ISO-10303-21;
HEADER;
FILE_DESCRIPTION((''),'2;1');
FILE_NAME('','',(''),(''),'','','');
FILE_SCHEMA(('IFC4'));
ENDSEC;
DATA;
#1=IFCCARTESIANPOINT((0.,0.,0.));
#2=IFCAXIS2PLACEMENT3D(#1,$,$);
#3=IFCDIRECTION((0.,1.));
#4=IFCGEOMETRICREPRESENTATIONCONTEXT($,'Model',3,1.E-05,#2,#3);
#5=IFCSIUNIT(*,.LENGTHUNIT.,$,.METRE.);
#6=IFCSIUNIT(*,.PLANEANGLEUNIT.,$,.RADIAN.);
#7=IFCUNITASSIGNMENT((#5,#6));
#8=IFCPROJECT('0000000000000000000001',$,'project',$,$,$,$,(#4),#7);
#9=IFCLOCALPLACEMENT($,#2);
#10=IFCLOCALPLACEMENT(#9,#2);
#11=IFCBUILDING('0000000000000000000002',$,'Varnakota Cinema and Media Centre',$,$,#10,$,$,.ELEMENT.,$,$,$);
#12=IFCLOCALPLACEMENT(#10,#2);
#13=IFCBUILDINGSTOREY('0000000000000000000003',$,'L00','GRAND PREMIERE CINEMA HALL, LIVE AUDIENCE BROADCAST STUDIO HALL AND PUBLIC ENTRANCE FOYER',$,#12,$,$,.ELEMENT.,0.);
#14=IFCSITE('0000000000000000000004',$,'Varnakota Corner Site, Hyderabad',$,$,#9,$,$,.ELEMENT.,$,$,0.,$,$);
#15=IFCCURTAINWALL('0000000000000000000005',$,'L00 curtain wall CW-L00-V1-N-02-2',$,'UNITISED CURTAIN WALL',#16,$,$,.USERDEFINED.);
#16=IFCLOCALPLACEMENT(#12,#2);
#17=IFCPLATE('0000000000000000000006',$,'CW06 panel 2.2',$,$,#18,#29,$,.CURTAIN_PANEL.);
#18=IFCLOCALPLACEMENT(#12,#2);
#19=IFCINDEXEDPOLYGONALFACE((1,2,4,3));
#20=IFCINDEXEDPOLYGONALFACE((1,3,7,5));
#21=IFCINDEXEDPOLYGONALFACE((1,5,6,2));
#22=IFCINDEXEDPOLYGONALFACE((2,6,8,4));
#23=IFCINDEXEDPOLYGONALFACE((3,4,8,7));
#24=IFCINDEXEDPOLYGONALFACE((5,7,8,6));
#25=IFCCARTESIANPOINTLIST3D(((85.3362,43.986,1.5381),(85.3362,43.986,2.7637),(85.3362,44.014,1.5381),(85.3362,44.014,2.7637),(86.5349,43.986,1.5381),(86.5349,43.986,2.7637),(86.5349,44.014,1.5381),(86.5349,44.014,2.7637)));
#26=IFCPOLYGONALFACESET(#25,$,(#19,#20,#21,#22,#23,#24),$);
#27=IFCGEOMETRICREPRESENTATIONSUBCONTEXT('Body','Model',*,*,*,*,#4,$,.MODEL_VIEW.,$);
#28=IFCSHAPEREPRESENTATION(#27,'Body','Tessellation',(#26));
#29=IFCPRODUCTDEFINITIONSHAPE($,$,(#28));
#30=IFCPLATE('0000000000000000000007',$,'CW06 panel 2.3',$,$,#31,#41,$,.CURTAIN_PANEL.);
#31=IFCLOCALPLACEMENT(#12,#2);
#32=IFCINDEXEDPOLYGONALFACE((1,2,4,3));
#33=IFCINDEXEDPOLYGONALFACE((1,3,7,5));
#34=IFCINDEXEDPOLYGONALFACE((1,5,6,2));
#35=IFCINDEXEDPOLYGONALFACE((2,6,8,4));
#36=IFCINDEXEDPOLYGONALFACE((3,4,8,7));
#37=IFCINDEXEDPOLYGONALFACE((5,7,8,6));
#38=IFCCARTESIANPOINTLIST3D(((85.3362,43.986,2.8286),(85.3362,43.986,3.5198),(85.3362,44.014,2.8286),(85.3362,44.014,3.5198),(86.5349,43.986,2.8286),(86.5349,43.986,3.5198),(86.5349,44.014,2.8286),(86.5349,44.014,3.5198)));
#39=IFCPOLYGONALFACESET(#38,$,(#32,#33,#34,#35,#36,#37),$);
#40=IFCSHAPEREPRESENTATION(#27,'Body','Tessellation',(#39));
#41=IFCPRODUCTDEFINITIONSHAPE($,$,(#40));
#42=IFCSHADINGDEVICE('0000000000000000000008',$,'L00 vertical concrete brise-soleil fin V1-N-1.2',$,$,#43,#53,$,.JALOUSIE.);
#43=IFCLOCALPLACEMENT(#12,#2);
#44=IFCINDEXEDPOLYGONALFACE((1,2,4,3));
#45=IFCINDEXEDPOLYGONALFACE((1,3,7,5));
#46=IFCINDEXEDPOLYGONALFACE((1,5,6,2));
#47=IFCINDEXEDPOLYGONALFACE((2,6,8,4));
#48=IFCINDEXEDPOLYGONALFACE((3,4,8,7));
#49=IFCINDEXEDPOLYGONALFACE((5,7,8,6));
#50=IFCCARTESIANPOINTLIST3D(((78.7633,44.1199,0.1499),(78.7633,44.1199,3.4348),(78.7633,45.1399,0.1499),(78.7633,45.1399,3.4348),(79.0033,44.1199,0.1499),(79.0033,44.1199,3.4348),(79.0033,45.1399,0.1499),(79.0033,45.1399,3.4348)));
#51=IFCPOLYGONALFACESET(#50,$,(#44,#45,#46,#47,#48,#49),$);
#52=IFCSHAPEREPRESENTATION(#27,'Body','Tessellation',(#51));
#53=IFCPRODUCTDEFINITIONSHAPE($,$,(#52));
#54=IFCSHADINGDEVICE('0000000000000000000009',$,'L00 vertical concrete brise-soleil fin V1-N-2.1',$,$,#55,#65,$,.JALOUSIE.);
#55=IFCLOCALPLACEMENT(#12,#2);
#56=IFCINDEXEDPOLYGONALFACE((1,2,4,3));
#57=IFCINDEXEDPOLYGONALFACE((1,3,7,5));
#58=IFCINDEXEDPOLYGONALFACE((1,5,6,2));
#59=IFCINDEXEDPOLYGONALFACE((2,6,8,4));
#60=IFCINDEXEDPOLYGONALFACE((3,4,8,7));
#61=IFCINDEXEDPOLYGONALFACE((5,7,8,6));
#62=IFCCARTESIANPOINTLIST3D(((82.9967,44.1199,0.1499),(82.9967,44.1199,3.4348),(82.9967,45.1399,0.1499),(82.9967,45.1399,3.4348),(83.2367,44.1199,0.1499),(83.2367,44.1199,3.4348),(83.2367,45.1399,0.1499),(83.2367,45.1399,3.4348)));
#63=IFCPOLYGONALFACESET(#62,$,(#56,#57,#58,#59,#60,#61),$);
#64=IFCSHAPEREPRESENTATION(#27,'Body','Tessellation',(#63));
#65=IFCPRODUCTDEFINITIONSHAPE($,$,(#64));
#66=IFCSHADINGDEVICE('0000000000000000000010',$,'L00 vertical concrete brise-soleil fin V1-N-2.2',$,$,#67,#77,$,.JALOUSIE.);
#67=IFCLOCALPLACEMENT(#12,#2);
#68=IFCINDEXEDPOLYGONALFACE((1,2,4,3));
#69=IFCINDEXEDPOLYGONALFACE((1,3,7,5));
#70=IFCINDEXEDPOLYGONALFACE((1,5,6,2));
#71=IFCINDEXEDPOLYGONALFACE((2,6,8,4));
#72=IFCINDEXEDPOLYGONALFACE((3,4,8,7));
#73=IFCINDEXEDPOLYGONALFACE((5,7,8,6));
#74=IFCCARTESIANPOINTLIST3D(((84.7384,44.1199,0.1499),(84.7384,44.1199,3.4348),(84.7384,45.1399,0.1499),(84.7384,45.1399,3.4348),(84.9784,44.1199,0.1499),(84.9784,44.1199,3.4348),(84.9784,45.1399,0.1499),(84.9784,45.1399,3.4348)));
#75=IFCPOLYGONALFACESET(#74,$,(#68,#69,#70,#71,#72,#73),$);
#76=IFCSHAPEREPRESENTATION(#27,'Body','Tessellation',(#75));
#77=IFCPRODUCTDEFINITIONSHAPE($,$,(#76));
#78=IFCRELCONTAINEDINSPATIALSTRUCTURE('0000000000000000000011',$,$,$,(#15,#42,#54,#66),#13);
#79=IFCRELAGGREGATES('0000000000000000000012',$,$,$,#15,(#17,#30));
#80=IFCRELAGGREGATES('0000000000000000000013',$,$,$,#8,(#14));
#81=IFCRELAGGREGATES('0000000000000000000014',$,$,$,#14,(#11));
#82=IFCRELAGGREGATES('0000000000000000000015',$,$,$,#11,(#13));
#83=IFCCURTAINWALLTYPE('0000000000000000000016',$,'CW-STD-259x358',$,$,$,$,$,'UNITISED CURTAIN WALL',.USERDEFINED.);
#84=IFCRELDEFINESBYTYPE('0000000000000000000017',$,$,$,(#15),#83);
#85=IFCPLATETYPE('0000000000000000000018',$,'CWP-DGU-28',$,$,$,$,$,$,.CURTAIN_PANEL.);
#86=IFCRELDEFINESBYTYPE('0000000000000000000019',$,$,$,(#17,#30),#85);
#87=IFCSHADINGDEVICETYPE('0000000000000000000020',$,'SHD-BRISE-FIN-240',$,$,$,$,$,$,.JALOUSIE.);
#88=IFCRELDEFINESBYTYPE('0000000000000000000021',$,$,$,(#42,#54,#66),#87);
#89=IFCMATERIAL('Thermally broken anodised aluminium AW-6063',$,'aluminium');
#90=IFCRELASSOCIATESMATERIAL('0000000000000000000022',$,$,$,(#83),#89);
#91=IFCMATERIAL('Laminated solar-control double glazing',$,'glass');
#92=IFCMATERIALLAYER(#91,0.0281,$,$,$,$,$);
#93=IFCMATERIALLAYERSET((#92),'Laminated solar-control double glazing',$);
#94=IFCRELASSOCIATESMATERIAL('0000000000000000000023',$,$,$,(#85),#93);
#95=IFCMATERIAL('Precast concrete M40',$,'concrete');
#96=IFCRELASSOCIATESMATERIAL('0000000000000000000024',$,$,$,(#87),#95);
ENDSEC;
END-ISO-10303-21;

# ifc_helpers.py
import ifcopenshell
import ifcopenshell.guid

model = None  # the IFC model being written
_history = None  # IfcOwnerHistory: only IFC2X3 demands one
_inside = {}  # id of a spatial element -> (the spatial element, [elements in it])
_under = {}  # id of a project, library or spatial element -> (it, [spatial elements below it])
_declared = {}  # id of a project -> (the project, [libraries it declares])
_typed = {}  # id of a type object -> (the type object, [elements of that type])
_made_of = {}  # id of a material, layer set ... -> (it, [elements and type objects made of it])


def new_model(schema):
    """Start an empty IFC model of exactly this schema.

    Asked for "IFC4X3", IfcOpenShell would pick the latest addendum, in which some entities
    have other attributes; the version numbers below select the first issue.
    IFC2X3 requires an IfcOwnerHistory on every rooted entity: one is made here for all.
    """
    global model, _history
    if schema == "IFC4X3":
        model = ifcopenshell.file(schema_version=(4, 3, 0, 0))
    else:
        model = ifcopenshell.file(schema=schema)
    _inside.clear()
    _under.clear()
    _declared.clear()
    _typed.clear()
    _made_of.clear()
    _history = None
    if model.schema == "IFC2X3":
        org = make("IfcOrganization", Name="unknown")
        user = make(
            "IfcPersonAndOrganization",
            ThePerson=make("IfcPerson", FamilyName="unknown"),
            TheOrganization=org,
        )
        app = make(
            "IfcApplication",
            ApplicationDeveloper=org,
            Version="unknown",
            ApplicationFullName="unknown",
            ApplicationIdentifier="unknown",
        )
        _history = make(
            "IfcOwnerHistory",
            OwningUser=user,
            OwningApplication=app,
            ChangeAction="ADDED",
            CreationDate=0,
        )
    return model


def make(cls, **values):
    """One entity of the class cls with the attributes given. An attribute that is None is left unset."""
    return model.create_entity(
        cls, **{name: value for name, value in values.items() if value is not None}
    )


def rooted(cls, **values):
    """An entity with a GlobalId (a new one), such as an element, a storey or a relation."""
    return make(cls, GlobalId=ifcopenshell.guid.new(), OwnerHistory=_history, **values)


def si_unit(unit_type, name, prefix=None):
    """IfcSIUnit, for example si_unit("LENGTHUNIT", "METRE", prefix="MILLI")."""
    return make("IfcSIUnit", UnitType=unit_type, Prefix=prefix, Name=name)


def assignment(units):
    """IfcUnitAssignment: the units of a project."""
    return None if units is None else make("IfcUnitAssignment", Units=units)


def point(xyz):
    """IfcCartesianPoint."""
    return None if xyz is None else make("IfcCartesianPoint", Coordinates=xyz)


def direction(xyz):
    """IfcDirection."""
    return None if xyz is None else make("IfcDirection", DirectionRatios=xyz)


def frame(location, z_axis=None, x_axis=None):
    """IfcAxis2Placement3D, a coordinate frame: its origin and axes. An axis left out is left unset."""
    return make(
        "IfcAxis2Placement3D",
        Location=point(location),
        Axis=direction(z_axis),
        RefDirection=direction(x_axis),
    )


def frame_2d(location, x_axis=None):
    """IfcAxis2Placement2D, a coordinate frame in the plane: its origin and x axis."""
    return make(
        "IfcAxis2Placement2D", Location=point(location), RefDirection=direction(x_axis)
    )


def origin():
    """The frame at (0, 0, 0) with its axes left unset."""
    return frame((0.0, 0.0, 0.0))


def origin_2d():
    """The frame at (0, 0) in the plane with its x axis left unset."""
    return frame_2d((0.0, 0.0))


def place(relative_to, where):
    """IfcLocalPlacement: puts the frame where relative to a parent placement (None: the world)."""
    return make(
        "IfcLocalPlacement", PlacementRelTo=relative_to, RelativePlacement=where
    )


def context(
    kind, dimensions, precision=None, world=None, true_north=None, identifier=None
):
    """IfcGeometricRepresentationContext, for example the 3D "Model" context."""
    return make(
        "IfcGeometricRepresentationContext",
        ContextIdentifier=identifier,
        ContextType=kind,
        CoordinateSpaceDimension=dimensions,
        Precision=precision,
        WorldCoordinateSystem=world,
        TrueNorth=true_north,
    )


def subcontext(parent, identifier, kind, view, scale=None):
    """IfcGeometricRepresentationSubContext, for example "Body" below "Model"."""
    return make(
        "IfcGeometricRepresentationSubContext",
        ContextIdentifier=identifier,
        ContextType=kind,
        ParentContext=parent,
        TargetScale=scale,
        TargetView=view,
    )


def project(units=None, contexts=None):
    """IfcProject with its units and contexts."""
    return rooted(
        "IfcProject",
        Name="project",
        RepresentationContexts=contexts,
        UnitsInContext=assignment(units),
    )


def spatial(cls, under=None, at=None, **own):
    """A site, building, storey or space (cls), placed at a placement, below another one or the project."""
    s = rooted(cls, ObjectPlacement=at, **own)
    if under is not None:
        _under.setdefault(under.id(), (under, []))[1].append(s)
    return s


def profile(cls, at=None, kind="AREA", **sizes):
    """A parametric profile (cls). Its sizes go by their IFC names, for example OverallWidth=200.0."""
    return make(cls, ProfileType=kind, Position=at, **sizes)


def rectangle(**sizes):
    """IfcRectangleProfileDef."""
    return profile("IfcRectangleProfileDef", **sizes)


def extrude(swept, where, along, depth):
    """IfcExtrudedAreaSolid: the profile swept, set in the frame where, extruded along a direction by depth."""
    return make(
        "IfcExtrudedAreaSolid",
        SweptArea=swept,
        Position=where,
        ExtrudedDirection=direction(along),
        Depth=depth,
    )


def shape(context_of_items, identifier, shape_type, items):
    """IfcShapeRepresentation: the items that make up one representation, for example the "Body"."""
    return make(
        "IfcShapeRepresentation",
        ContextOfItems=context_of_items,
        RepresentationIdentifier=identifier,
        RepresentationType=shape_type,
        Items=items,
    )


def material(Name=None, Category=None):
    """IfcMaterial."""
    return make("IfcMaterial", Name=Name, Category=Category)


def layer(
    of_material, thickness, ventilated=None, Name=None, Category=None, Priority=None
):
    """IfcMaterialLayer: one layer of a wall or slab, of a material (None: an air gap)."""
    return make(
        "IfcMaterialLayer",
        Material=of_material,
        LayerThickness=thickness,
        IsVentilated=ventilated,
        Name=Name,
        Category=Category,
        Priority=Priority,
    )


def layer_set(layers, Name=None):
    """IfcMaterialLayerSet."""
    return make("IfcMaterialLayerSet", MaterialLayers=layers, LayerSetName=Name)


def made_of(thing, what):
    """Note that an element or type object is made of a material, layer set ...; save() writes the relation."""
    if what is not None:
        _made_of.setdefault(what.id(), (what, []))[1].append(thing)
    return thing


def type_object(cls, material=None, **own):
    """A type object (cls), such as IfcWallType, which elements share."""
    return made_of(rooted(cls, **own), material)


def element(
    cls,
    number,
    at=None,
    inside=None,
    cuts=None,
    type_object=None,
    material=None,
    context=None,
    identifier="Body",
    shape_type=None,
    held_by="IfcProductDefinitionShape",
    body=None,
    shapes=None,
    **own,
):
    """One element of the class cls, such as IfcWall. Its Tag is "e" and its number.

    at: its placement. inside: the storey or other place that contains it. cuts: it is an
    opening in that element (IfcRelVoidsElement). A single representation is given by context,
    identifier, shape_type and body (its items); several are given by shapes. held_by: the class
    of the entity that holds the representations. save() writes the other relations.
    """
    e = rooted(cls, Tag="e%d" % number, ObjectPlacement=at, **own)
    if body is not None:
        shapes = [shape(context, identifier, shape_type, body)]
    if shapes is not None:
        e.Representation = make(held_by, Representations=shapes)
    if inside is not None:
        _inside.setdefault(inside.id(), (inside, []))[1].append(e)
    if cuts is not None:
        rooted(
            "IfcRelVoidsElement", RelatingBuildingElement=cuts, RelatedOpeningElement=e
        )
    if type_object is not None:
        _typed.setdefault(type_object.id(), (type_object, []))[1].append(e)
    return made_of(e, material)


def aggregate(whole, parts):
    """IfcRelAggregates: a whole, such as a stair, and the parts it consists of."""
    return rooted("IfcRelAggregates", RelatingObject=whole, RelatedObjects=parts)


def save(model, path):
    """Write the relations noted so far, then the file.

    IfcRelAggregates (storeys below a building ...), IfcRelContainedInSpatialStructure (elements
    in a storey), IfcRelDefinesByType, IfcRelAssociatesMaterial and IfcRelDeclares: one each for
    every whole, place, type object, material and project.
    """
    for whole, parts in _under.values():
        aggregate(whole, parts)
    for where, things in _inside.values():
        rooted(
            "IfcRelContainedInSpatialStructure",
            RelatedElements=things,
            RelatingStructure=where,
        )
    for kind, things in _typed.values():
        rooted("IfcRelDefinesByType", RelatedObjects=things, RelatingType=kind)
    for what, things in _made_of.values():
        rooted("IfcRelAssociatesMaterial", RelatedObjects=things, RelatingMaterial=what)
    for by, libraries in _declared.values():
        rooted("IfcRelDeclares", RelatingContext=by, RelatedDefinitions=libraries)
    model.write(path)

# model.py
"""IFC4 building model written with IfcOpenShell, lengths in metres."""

from ifc_helpers import new_model, si_unit, direction, frame, origin, origin_2d, place, context, subcontext, project, spatial, rectangle, extrude, material, layer, layer_set, type_object, element, aggregate, save


model = new_model("IFC4")

# Units and contexts
model_context = context("Model", 3, precision=1e-05, world=origin(), true_north=direction((0.0, 1.0)))
body_context = subcontext(model_context, "Body", "Model", "MODEL_VIEW")
ifc_project = project(units=[si_unit("LENGTHUNIT", "METRE"), si_unit("PLANEANGLEUNIT", "RADIAN")], contexts=[model_context])

# Site, building, storey
site_placement = place(None, origin())
site = spatial("IfcSite", under=ifc_project, at=site_placement, Name="Varnakota Corner Site, Hyderabad", CompositionType="ELEMENT", RefElevation=0.0)
building_placement = place(site_placement, origin())
building = spatial("IfcBuilding", under=site, at=building_placement, Name="Varnakota Cinema and Media Centre", CompositionType="ELEMENT")
storey_placement = place(building_placement, origin())
storey = spatial("IfcBuildingStorey", under=building, at=storey_placement, Name="L00", Description="GRAND PREMIERE CINEMA HALL, LIVE AUDIENCE BROADCAST STUDIO HALL AND PUBLIC ENTRANCE FOYER", CompositionType="ELEMENT", Elevation=0.0)

# Curtain wall
ifc_material_1 = material(Name="Thermally broken anodised aluminium AW-6063", Category="aluminium")
curtain_wall_type = type_object("IfcCurtainWallType", Name="CW-STD-259x358", ElementType="UNITISED CURTAIN WALL", PredefinedType="USERDEFINED", material=ifc_material_1)
curtain_wall_1_placement = place(storey_placement, origin())
curtain_wall_1 = element("IfcCurtainWall", 1, at=curtain_wall_1_placement, inside=storey, type_object=curtain_wall_type, Name="L00 curtain wall CW-L00-V1-N-02-2", ObjectType="UNITISED CURTAIN WALL", PredefinedType="USERDEFINED")

# Plates
ifc_material_2 = material(Name="Laminated solar-control double glazing", Category="glass")
ifc_layer = layer(ifc_material_2, 0.0281)
ifc_layer_set = layer_set([ifc_layer], Name="Laminated solar-control double glazing")
plate_type = type_object("IfcPlateType", Name="CWP-DGU-28", PredefinedType="CURTAIN_PANEL", material=ifc_layer_set)
plate_1_placement = place(storey_placement, frame((85.9355, 44.0, 1.5381), z_axis=(0.0, 0.0, 1.0), x_axis=(1.0, 0.0, 0.0)))
plate_1 = element("IfcPlate", 2, at=plate_1_placement, type_object=plate_type, Name="CW06 panel 2.2", PredefinedType="CURTAIN_PANEL", context=body_context, shape_type="SweptSolid", body=[
    extrude(rectangle(XDim=1.1987, YDim=0.0281, at=origin_2d()), origin(), (0.0, 0.0, 1.0), 1.2256),
])
plate_2_placement = place(storey_placement, frame((85.9355, 44.0, 2.8286), z_axis=(0.0, 0.0, 1.0), x_axis=(1.0, 0.0, 0.0)))
plate_2 = element("IfcPlate", 3, at=plate_2_placement, type_object=plate_type, Name="CW06 panel 2.3", PredefinedType="CURTAIN_PANEL", context=body_context, shape_type="SweptSolid", body=[
    extrude(rectangle(XDim=1.1987, YDim=0.0281, at=origin_2d()), origin(), (0.0, 0.0, 1.0), 0.6912),
])
aggregate(curtain_wall_1, [plate_1, plate_2])

# Shading devices
ifc_material_3 = material(Name="Precast concrete M40", Category="concrete")
shading_device_type = type_object("IfcShadingDeviceType", Name="SHD-BRISE-FIN-240", PredefinedType="JALOUSIE", material=ifc_material_3)
for number, where, z_axis, x_axis, name in (
    (4, (78.8833, 44.6299, 0.1499), (0.0, 0.0, 1.0), (1.0, 0.0, 0.0), "L00 vertical concrete brise-soleil fin V1-N-1.2"),
    (5, (83.1167, 44.6299, 0.1499), (0.0, 0.0, 1.0), (1.0, 0.0, 0.0), "L00 vertical concrete brise-soleil fin V1-N-2.1"),
    (6, (84.8584, 44.6299, 0.1499), (0.0, 0.0, 1.0), (1.0, 0.0, 0.0), "L00 vertical concrete brise-soleil fin V1-N-2.2"),
):
    element("IfcShadingDevice", number, at=place(storey_placement, frame(where, z_axis=z_axis, x_axis=x_axis)), inside=storey, type_object=shading_device_type, Name=name, PredefinedType="JALOUSIE", context=body_context, shape_type="SweptSolid", body=[
        extrude(rectangle(XDim=0.24, YDim=1.02, at=origin_2d()), origin(), (0.0, 0.0, 1.0), 3.2849),
    ])

save(model, "model.ifc")
